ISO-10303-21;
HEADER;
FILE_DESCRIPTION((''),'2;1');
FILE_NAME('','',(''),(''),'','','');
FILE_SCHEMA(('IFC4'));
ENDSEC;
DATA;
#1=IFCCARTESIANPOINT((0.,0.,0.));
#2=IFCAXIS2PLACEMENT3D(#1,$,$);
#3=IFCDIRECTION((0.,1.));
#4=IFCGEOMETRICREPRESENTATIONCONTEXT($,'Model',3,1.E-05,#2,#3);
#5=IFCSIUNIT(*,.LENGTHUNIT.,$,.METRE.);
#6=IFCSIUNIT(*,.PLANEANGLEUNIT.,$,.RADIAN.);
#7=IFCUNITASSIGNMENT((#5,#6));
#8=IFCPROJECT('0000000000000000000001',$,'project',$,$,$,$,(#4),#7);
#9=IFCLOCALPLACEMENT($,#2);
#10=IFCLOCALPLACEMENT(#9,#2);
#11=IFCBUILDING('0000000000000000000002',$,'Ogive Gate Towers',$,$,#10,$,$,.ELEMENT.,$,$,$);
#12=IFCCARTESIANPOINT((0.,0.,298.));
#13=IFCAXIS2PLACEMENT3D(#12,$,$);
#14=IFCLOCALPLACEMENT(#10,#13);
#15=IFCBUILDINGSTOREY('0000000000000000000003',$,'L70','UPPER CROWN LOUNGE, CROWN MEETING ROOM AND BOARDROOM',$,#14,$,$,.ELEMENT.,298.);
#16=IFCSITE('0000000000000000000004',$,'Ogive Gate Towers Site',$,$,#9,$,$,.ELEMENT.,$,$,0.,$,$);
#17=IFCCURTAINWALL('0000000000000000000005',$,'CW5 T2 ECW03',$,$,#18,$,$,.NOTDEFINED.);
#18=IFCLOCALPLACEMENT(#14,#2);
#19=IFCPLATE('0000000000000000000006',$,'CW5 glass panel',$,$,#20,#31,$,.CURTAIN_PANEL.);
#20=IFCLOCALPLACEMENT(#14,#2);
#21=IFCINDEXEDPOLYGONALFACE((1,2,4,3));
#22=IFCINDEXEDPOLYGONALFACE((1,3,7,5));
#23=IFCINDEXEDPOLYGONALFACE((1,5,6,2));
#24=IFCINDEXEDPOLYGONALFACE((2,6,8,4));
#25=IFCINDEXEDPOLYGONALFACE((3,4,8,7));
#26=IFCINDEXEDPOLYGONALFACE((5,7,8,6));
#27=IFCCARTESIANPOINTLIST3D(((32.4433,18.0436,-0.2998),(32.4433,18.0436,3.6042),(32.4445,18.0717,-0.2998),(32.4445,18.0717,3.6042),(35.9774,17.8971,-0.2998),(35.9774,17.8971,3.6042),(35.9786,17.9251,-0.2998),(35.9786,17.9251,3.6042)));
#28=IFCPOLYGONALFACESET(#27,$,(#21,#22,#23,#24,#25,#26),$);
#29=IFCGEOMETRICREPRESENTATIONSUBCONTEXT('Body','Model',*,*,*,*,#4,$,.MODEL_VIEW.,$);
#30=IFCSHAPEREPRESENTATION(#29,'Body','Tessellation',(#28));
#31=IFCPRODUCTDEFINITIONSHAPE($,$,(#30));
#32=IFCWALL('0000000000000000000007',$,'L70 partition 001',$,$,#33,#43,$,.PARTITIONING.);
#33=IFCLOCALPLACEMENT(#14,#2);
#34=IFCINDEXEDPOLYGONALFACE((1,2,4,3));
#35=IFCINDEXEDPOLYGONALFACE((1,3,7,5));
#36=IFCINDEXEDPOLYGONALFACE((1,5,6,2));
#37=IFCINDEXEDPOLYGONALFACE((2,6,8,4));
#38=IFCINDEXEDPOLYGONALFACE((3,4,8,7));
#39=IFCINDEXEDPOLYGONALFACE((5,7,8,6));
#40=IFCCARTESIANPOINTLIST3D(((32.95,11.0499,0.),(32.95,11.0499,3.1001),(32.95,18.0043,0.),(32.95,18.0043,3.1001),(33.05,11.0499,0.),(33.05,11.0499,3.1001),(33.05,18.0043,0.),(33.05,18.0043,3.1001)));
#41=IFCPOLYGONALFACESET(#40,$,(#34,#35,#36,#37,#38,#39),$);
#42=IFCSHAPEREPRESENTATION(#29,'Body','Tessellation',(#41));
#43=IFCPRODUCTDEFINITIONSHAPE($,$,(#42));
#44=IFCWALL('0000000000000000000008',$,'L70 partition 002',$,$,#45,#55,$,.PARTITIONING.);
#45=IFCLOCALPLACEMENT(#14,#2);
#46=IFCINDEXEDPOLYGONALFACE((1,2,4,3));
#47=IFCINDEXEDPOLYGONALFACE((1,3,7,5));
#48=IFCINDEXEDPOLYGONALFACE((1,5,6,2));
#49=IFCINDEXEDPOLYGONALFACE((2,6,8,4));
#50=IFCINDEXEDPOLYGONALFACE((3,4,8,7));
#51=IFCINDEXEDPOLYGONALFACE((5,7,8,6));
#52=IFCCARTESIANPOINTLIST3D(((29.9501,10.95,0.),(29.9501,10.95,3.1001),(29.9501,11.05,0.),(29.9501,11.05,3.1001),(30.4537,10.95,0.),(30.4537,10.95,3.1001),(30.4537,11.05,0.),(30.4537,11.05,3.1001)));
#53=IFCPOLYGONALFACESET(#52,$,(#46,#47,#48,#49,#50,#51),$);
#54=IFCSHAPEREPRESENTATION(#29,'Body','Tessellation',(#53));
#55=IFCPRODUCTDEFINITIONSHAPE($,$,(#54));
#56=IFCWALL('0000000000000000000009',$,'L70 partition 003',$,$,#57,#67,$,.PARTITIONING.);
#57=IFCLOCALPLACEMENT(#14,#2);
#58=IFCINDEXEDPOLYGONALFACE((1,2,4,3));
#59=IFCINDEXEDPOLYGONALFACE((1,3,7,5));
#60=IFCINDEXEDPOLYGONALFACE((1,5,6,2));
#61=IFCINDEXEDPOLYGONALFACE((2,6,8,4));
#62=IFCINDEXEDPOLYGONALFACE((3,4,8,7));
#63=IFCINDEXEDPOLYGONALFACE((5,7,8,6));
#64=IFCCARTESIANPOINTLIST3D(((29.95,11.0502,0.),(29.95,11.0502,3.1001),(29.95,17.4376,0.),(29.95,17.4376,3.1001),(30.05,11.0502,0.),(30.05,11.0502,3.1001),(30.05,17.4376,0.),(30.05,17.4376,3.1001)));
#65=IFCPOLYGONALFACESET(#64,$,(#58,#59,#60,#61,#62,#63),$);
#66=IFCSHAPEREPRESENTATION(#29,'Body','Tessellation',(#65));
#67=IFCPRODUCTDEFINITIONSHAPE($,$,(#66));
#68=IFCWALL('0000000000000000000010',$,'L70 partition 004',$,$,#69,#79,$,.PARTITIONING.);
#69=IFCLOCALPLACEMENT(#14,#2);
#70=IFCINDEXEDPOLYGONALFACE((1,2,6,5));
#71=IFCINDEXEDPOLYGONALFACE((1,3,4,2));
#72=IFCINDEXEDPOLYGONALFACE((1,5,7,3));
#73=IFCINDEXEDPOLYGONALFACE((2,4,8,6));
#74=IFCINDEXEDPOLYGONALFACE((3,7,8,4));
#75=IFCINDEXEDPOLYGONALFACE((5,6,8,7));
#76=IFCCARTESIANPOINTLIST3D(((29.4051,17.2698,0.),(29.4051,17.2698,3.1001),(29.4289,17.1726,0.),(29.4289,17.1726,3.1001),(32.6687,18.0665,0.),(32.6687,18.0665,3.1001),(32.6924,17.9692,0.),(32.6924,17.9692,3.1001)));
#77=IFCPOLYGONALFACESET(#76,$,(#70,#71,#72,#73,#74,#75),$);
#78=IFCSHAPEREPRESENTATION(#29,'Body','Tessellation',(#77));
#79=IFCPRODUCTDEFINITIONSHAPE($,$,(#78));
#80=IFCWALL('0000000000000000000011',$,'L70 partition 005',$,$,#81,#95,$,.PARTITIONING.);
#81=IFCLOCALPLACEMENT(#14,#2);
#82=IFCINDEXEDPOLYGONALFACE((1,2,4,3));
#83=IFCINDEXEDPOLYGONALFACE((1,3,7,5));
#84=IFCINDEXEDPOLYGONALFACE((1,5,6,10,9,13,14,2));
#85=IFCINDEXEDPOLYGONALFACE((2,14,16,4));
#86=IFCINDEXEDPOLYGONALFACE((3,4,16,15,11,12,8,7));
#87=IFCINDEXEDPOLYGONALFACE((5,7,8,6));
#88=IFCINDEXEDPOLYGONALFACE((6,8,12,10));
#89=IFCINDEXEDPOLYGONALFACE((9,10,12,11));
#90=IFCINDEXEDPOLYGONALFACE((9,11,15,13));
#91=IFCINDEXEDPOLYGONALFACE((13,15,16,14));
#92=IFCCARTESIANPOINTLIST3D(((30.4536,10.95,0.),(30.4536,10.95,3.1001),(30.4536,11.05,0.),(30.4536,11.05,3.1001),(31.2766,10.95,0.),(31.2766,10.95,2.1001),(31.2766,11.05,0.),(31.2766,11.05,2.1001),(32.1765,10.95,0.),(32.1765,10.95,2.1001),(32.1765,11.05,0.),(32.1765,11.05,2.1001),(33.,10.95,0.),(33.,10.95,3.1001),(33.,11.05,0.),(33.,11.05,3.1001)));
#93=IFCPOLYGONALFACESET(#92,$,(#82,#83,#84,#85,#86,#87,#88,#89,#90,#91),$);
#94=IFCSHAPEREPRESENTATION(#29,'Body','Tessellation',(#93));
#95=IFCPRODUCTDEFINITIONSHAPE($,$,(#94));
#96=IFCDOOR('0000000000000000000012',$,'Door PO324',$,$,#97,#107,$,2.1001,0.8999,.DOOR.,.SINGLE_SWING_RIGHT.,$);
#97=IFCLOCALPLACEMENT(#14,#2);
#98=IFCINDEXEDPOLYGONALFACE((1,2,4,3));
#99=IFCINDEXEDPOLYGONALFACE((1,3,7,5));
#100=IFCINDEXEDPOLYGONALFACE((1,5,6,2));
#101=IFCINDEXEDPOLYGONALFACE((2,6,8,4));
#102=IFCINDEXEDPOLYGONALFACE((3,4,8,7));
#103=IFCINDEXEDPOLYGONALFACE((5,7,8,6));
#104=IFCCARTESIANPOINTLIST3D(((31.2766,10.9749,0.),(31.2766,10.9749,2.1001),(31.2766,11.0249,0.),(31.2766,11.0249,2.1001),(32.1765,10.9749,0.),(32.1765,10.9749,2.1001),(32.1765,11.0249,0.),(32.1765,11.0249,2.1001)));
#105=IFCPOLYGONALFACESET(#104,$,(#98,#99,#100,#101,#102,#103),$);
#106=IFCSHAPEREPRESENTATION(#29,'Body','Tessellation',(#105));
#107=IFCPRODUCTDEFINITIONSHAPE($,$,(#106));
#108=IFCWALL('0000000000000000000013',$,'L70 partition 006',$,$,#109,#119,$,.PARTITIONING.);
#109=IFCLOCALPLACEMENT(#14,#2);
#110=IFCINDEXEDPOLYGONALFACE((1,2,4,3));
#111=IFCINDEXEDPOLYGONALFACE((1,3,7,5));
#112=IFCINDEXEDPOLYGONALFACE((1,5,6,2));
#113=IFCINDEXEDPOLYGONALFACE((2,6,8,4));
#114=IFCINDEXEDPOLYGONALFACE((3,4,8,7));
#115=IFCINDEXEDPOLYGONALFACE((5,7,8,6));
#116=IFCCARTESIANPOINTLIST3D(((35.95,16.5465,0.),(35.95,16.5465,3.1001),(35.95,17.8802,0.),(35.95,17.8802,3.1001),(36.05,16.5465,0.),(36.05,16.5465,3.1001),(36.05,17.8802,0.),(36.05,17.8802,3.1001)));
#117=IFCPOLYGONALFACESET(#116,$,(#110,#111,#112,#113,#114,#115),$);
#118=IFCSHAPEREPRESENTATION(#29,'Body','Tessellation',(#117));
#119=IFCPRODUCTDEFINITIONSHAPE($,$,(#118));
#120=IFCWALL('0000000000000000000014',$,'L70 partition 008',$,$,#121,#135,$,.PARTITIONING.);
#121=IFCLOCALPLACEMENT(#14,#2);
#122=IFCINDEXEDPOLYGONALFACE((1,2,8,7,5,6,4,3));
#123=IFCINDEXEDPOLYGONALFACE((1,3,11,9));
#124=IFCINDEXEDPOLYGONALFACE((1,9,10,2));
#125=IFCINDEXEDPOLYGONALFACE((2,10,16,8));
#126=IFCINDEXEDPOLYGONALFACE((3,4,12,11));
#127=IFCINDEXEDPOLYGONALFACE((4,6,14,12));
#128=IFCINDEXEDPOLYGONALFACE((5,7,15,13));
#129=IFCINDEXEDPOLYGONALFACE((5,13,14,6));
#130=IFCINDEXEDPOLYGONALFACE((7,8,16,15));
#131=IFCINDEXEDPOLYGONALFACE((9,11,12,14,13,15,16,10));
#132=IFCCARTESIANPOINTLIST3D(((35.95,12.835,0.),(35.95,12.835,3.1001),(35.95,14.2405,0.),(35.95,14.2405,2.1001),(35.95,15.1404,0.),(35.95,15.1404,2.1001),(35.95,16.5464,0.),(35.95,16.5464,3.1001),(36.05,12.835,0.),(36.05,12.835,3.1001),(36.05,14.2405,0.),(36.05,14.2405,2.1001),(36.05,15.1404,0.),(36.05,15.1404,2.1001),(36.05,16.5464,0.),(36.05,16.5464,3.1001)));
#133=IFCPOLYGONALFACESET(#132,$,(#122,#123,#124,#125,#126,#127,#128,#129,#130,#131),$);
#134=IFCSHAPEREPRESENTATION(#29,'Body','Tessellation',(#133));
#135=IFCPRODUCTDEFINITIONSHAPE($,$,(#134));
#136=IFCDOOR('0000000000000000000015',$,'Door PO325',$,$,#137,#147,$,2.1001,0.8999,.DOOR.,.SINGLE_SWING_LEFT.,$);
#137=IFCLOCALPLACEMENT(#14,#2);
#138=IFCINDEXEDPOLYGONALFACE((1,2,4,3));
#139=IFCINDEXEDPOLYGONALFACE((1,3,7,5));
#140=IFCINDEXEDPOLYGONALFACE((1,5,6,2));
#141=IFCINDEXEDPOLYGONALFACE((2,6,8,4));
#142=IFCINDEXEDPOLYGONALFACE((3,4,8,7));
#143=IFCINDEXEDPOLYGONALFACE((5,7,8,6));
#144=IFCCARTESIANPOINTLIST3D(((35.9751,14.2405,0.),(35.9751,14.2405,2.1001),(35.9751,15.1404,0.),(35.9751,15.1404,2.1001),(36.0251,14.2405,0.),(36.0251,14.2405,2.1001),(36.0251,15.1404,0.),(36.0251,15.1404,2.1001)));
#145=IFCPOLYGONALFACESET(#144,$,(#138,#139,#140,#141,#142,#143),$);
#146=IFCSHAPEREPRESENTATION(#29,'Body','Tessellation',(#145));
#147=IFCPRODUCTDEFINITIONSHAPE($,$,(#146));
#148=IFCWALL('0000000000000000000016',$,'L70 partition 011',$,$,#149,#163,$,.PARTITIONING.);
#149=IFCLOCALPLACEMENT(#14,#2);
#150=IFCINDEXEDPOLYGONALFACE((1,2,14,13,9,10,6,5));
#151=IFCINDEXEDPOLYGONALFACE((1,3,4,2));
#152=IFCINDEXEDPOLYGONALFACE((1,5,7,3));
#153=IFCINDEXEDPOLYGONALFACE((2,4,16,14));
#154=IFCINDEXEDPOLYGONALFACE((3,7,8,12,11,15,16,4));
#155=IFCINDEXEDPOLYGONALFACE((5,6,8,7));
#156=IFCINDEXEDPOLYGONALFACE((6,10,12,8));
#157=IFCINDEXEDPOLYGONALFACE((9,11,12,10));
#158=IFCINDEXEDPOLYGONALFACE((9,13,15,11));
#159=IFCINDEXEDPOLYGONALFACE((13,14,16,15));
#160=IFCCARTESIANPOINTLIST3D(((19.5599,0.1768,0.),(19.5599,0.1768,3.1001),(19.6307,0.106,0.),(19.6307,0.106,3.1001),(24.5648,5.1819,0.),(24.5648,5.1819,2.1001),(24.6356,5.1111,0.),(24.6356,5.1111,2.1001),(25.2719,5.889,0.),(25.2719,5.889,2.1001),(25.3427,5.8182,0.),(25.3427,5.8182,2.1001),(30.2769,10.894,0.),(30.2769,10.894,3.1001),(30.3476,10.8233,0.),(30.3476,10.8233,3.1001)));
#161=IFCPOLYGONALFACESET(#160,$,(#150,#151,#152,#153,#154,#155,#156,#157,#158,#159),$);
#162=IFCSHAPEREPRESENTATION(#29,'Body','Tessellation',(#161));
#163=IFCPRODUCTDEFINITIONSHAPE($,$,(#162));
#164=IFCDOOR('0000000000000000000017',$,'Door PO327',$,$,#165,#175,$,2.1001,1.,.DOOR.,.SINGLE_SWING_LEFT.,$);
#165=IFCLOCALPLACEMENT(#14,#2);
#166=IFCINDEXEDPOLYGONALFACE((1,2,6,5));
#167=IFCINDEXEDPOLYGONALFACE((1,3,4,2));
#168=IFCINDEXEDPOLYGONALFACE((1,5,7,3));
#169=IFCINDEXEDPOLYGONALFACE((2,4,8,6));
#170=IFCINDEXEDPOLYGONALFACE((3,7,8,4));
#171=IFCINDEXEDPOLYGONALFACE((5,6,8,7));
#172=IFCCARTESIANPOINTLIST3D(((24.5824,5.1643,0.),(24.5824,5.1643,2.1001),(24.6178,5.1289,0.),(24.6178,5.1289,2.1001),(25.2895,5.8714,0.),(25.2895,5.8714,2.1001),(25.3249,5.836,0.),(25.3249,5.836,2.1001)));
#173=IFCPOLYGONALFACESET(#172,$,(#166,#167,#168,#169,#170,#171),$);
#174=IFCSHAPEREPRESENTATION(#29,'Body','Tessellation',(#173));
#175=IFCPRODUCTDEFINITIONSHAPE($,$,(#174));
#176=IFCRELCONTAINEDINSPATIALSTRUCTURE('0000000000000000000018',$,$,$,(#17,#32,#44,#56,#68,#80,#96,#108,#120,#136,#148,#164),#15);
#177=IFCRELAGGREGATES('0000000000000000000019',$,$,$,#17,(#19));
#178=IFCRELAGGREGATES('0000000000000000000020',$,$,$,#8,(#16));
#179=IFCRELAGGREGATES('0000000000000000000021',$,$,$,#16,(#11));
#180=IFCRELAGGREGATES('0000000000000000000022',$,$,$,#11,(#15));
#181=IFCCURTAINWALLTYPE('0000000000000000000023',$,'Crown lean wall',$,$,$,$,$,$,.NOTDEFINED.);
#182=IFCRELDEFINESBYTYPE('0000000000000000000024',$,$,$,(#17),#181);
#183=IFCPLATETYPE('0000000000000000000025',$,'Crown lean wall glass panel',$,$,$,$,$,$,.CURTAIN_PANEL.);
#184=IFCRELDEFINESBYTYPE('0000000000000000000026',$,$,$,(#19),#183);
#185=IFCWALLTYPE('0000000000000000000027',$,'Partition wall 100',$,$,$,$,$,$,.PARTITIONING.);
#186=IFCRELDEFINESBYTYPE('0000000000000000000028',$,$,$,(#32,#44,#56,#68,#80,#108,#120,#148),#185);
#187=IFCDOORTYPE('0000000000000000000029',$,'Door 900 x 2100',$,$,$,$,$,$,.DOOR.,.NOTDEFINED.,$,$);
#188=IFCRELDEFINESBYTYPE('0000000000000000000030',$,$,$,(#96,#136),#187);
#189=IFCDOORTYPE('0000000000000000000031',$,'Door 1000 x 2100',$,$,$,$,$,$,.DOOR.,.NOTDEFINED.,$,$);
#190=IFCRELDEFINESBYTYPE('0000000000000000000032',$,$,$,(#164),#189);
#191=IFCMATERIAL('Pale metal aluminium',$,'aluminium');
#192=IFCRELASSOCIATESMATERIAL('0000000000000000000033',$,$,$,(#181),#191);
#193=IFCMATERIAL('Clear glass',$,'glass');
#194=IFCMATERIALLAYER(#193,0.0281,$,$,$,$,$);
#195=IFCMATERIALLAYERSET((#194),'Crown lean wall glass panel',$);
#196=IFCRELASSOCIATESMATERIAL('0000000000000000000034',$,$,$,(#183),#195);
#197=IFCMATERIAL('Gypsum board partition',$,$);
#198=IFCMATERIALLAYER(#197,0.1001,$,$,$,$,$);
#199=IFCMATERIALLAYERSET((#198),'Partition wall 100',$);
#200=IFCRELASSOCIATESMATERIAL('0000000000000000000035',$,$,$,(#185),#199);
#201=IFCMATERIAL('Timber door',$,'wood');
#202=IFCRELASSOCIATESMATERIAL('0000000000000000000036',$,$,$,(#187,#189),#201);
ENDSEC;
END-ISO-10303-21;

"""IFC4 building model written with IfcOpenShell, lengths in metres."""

from ifc_helpers import new_model, si_unit, direction, frame, frame_2d, origin, origin_2d, place, context, subcontext, project, spatial, rectangle, extrude, material, layer, layer_set, type_object, element, fill, aggregate, save


model = new_model("IFC4")

# Units and contexts
model_context = context("Model", 3, precision=1e-05, world=origin(), true_north=direction((0.0, 1.0)))
body_context = subcontext(model_context, "Body", "Model", "MODEL_VIEW")
ifc_project = project(units=[si_unit("LENGTHUNIT", "METRE"), si_unit("PLANEANGLEUNIT", "RADIAN")], contexts=[model_context])

# Site, building, storey
site_placement = place(None, origin())
site = spatial("IfcSite", under=ifc_project, at=site_placement, Name="Ogive Gate Towers Site", CompositionType="ELEMENT", RefElevation=0.0)
building_placement = place(site_placement, origin())
building = spatial("IfcBuilding", under=site, at=building_placement, Name="Ogive Gate Towers", CompositionType="ELEMENT")
storey_placement = place(building_placement, frame((0.0, 0.0, 298.0)))
storey = spatial("IfcBuildingStorey", under=building, at=storey_placement, Name="L70", Description="UPPER CROWN LOUNGE, CROWN MEETING ROOM AND BOARDROOM", CompositionType="ELEMENT", Elevation=298.0)

# Shared definitions
ifc_material_1 = material(Name="Pale metal aluminium", Category="aluminium")
curtain_wall_type = type_object("IfcCurtainWallType", Name="Crown lean wall", PredefinedType="NOTDEFINED", material=ifc_material_1)

# Curtain wall
curtain_wall_1_placement = place(storey_placement, origin())
curtain_wall_1 = element("IfcCurtainWall", 1, at=curtain_wall_1_placement, inside=storey, type_object=curtain_wall_type, Name="CW5 T2 ECW03", PredefinedType="NOTDEFINED")

# Plate
ifc_material_2 = material(Name="Clear glass", Category="glass")
ifc_layer_1 = layer(ifc_material_2, 0.0281)
ifc_layer_set_1 = layer_set([ifc_layer_1], Name="Crown lean wall glass panel")
plate_type = type_object("IfcPlateType", Name="Crown lean wall glass panel", PredefinedType="CURTAIN_PANEL", material=ifc_layer_set_1)
plate_1_placement = place(storey_placement, frame((34.2109, 17.9844, -0.2998), z_axis=(0.0, 0.0, 1.0), x_axis=(0.999141, -0.04144, 0.0)))
plate_1 = element("IfcPlate", 2, at=plate_1_placement, type_object=plate_type, Name="CW5 glass panel", PredefinedType="CURTAIN_PANEL", context=body_context, shape_type="SweptSolid", body=[
    extrude(rectangle(XDim=3.5371, YDim=0.0281, at=origin_2d()), origin(), (0.0, 0.0, 1.0), 3.9041),
])
aggregate(curtain_wall_1, [plate_1])

# Walls
ifc_material_3 = material(Name="Gypsum board partition")
ifc_layer_2 = layer(ifc_material_3, 0.1001)
ifc_layer_set_2 = layer_set([ifc_layer_2], Name="Partition wall 100")
wall_type_1 = type_object("IfcWallType", Name="Partition wall 100", PredefinedType="PARTITIONING", material=ifc_layer_set_2)
wall_1_placement = place(storey_placement, frame((33.0, 11.05, 0.0), z_axis=(0.0, 0.0, 1.0), x_axis=(0.0, 1.0, 0.0)))
element("IfcWall", 3, at=wall_1_placement, inside=storey, type_object=wall_type_1, Name="L70 partition 001", PredefinedType="PARTITIONING", context=body_context, shape_type="SweptSolid", body=[
    extrude(rectangle(XDim=6.9543, YDim=0.1001, at=frame_2d((3.4771, 0.0))), origin(), (0.0, 0.0, 1.0), 3.1001),
])
wall_2_placement = place(storey_placement, frame((29.95, 11.0, 0.0), z_axis=(0.0, 0.0, 1.0), x_axis=(1.0, 0.0, 0.0)))
element("IfcWall", 4, at=wall_2_placement, inside=storey, type_object=wall_type_1, Name="L70 partition 002", PredefinedType="PARTITIONING", context=body_context, shape_type="SweptSolid", body=[
    extrude(rectangle(XDim=0.5037, YDim=0.1001, at=frame_2d((0.252, 0.0))), origin(), (0.0, 0.0, 1.0), 3.1001),
])
wall_3_placement = place(storey_placement, frame((30.0, 11.05, 0.0), z_axis=(0.0, 0.0, 1.0), x_axis=(0.0, 1.0, 0.0)))
element("IfcWall", 5, at=wall_3_placement, inside=storey, type_object=wall_type_1, Name="L70 partition 003", PredefinedType="PARTITIONING", context=body_context, shape_type="SweptSolid", body=[
    extrude(rectangle(XDim=6.3875, YDim=0.1001, at=frame_2d((3.1938, 0.0))), origin(), (0.0, 0.0, 1.0), 3.1001),
])
wall_4_placement = place(storey_placement, frame((29.417, 17.2212, 0.0), z_axis=(0.0, 0.0, 1.0), x_axis=(0.971474, 0.237145, 0.0)))
element("IfcWall", 6, at=wall_4_placement, inside=storey, type_object=wall_type_1, Name="L70 partition 004", PredefinedType="PARTITIONING", context=body_context, shape_type="SweptSolid", body=[
    extrude(rectangle(XDim=3.3594, YDim=0.1001, at=frame_2d((1.6797, 0.0))), origin(), (0.0, 0.0, 1.0), 3.1001),
])

# Wall, opening, door
wall_5_placement = place(storey_placement, frame((30.4536, 11.0, 0.0), z_axis=(0.0, 0.0, 1.0), x_axis=(1.0, 0.0, 0.0)))
wall_5 = element("IfcWall", 7, at=wall_5_placement, inside=storey, type_object=wall_type_1, Name="L70 partition 005", PredefinedType="PARTITIONING", context=body_context, shape_type="SweptSolid", body=[
    extrude(rectangle(XDim=2.5464, YDim=0.1001, at=frame_2d((1.2732, 0.0))), origin(), (0.0, 0.0, 1.0), 3.1001),
])
opening_1_placement = place(wall_5_placement, frame((0.823, 0.0, 0.0)))
opening_1 = element("IfcOpeningElement", 8, at=opening_1_placement, cuts=wall_5, PredefinedType="OPENING", context=body_context, shape_type="SweptSolid", body=[
    extrude(rectangle(XDim=0.8999, YDim=2.1001, at=frame_2d((0.45, 1.05))), frame((0.0, 0.0601, 0.0), z_axis=(0.0, -1.0, 0.0), x_axis=(1.0, 0.0, 0.0)), (0.0, 0.0, 1.0), 0.1201),
])
ifc_material_4 = material(Name="Timber door", Category="wood")
door_type_1 = type_object("IfcDoorType", Name="Door 900 x 2100", OperationType="NOTDEFINED", PredefinedType="DOOR", material=ifc_material_4)
door_1_placement = place(opening_1_placement, origin())
door_1 = element("IfcDoor", 9, at=door_1_placement, inside=storey, type_object=door_type_1, Name="Door PO324", OperationType="SINGLE_SWING_RIGHT", OverallHeight=2.1001, OverallWidth=0.8999, PredefinedType="DOOR", context=body_context, shape_type="SweptSolid", body=[
    extrude(rectangle(XDim=0.8999, YDim=2.1001, at=frame_2d((0.45, 1.05))), frame((0.0, 0.0249, 0.0), z_axis=(0.0, -1.0, 0.0), x_axis=(1.0, 0.0, 0.0)), (0.0, 0.0, 1.0), 0.05),
])
fill(opening_1, door_1)

# Wall
wall_6_placement = place(storey_placement, frame((36.0, 16.5464, 0.0), z_axis=(0.0, 0.0, 1.0), x_axis=(0.0, 1.0, 0.0)))
element("IfcWall", 10, at=wall_6_placement, inside=storey, type_object=wall_type_1, Name="L70 partition 006", PredefinedType="PARTITIONING", context=body_context, shape_type="SweptSolid", body=[
    extrude(rectangle(XDim=1.3337, YDim=0.1001, at=frame_2d((0.667, 0.0))), origin(), (0.0, 0.0, 1.0), 3.1001),
])

# Walls, openings, doors
wall_7_placement = place(storey_placement, frame((36.0, 12.835, 0.0), z_axis=(0.0, 0.0, 1.0), x_axis=(0.0, 1.0, 0.0)))
wall_7 = element("IfcWall", 11, at=wall_7_placement, inside=storey, type_object=wall_type_1, Name="L70 partition 008", PredefinedType="PARTITIONING", context=body_context, shape_type="SweptSolid", body=[
    extrude(rectangle(XDim=3.7114, YDim=0.1001, at=frame_2d((1.8557, 0.0))), origin(), (0.0, 0.0, 1.0), 3.1001),
])
opening_2_placement = place(wall_7_placement, frame((1.4055, 0.0, 0.0)))
opening_2 = element("IfcOpeningElement", 12, at=opening_2_placement, cuts=wall_7, PredefinedType="OPENING", context=body_context, shape_type="SweptSolid", body=[
    extrude(rectangle(XDim=0.8999, YDim=2.1001, at=frame_2d((0.45, 1.05))), frame((0.0, 0.0601, 0.0), z_axis=(0.0, -1.0, 0.0), x_axis=(1.0, 0.0, 0.0)), (0.0, 0.0, 1.0), 0.1201),
])
door_2_placement = place(opening_2_placement, origin())
door_2 = element("IfcDoor", 13, at=door_2_placement, inside=storey, type_object=door_type_1, Name="Door PO325", OperationType="SINGLE_SWING_LEFT", OverallHeight=2.1001, OverallWidth=0.8999, PredefinedType="DOOR", context=body_context, shape_type="SweptSolid", body=[
    extrude(rectangle(XDim=0.8999, YDim=2.1001, at=frame_2d((0.45, 1.05))), frame((0.0, 0.0249, 0.0), z_axis=(0.0, -1.0, 0.0), x_axis=(1.0, 0.0, 0.0)), (0.0, 0.0, 1.0), 0.05),
])
fill(opening_2, door_2)
wall_8_placement = place(storey_placement, frame((30.3123, 10.8586, 0.0), z_axis=(0.0, 0.0, 1.0), x_axis=(-0.707099, -0.707115, 0.0)))
wall_8 = element("IfcWall", 14, at=wall_8_placement, inside=storey, type_object=wall_type_1, Name="L70 partition 011", PredefinedType="PARTITIONING", context=body_context, shape_type="SweptSolid", body=[
    extrude(rectangle(XDim=15.1562, YDim=0.1001, at=frame_2d((7.5781, 0.0))), origin(), (0.0, 0.0, 1.0), 3.1001),
])
opening_3_placement = place(wall_8_placement, frame((7.0781, 0.0, 0.0)))
opening_3 = element("IfcOpeningElement", 15, at=opening_3_placement, cuts=wall_8, PredefinedType="OPENING", context=body_context, shape_type="SweptSolid", body=[
    extrude(rectangle(XDim=1.0, YDim=2.1001, at=frame_2d((0.5, 1.05))), frame((0.0, 0.0601, 0.0), z_axis=(0.0, -1.0, 0.0), x_axis=(1.0, 0.0, 0.0)), (0.0, 0.0, 1.0), 0.1201),
])
door_type_2 = type_object("IfcDoorType", Name="Door 1000 x 2100", OperationType="NOTDEFINED", PredefinedType="DOOR", material=ifc_material_4)
door_3_placement = place(opening_3_placement, origin())
door_3 = element("IfcDoor", 16, at=door_3_placement, inside=storey, type_object=door_type_2, Name="Door PO327", OperationType="SINGLE_SWING_LEFT", OverallHeight=2.1001, OverallWidth=1.0, PredefinedType="DOOR", context=body_context, shape_type="SweptSolid", body=[
    extrude(rectangle(XDim=1.0, YDim=2.1001, at=frame_2d((0.5, 1.05))), frame((0.0, 0.0249, 0.0), z_axis=(0.0, -1.0, 0.0), x_axis=(1.0, 0.0, 0.0)), (0.0, 0.0, 1.0), 0.05),
])
fill(opening_3, door_3)

save(model, "model.ifc")
